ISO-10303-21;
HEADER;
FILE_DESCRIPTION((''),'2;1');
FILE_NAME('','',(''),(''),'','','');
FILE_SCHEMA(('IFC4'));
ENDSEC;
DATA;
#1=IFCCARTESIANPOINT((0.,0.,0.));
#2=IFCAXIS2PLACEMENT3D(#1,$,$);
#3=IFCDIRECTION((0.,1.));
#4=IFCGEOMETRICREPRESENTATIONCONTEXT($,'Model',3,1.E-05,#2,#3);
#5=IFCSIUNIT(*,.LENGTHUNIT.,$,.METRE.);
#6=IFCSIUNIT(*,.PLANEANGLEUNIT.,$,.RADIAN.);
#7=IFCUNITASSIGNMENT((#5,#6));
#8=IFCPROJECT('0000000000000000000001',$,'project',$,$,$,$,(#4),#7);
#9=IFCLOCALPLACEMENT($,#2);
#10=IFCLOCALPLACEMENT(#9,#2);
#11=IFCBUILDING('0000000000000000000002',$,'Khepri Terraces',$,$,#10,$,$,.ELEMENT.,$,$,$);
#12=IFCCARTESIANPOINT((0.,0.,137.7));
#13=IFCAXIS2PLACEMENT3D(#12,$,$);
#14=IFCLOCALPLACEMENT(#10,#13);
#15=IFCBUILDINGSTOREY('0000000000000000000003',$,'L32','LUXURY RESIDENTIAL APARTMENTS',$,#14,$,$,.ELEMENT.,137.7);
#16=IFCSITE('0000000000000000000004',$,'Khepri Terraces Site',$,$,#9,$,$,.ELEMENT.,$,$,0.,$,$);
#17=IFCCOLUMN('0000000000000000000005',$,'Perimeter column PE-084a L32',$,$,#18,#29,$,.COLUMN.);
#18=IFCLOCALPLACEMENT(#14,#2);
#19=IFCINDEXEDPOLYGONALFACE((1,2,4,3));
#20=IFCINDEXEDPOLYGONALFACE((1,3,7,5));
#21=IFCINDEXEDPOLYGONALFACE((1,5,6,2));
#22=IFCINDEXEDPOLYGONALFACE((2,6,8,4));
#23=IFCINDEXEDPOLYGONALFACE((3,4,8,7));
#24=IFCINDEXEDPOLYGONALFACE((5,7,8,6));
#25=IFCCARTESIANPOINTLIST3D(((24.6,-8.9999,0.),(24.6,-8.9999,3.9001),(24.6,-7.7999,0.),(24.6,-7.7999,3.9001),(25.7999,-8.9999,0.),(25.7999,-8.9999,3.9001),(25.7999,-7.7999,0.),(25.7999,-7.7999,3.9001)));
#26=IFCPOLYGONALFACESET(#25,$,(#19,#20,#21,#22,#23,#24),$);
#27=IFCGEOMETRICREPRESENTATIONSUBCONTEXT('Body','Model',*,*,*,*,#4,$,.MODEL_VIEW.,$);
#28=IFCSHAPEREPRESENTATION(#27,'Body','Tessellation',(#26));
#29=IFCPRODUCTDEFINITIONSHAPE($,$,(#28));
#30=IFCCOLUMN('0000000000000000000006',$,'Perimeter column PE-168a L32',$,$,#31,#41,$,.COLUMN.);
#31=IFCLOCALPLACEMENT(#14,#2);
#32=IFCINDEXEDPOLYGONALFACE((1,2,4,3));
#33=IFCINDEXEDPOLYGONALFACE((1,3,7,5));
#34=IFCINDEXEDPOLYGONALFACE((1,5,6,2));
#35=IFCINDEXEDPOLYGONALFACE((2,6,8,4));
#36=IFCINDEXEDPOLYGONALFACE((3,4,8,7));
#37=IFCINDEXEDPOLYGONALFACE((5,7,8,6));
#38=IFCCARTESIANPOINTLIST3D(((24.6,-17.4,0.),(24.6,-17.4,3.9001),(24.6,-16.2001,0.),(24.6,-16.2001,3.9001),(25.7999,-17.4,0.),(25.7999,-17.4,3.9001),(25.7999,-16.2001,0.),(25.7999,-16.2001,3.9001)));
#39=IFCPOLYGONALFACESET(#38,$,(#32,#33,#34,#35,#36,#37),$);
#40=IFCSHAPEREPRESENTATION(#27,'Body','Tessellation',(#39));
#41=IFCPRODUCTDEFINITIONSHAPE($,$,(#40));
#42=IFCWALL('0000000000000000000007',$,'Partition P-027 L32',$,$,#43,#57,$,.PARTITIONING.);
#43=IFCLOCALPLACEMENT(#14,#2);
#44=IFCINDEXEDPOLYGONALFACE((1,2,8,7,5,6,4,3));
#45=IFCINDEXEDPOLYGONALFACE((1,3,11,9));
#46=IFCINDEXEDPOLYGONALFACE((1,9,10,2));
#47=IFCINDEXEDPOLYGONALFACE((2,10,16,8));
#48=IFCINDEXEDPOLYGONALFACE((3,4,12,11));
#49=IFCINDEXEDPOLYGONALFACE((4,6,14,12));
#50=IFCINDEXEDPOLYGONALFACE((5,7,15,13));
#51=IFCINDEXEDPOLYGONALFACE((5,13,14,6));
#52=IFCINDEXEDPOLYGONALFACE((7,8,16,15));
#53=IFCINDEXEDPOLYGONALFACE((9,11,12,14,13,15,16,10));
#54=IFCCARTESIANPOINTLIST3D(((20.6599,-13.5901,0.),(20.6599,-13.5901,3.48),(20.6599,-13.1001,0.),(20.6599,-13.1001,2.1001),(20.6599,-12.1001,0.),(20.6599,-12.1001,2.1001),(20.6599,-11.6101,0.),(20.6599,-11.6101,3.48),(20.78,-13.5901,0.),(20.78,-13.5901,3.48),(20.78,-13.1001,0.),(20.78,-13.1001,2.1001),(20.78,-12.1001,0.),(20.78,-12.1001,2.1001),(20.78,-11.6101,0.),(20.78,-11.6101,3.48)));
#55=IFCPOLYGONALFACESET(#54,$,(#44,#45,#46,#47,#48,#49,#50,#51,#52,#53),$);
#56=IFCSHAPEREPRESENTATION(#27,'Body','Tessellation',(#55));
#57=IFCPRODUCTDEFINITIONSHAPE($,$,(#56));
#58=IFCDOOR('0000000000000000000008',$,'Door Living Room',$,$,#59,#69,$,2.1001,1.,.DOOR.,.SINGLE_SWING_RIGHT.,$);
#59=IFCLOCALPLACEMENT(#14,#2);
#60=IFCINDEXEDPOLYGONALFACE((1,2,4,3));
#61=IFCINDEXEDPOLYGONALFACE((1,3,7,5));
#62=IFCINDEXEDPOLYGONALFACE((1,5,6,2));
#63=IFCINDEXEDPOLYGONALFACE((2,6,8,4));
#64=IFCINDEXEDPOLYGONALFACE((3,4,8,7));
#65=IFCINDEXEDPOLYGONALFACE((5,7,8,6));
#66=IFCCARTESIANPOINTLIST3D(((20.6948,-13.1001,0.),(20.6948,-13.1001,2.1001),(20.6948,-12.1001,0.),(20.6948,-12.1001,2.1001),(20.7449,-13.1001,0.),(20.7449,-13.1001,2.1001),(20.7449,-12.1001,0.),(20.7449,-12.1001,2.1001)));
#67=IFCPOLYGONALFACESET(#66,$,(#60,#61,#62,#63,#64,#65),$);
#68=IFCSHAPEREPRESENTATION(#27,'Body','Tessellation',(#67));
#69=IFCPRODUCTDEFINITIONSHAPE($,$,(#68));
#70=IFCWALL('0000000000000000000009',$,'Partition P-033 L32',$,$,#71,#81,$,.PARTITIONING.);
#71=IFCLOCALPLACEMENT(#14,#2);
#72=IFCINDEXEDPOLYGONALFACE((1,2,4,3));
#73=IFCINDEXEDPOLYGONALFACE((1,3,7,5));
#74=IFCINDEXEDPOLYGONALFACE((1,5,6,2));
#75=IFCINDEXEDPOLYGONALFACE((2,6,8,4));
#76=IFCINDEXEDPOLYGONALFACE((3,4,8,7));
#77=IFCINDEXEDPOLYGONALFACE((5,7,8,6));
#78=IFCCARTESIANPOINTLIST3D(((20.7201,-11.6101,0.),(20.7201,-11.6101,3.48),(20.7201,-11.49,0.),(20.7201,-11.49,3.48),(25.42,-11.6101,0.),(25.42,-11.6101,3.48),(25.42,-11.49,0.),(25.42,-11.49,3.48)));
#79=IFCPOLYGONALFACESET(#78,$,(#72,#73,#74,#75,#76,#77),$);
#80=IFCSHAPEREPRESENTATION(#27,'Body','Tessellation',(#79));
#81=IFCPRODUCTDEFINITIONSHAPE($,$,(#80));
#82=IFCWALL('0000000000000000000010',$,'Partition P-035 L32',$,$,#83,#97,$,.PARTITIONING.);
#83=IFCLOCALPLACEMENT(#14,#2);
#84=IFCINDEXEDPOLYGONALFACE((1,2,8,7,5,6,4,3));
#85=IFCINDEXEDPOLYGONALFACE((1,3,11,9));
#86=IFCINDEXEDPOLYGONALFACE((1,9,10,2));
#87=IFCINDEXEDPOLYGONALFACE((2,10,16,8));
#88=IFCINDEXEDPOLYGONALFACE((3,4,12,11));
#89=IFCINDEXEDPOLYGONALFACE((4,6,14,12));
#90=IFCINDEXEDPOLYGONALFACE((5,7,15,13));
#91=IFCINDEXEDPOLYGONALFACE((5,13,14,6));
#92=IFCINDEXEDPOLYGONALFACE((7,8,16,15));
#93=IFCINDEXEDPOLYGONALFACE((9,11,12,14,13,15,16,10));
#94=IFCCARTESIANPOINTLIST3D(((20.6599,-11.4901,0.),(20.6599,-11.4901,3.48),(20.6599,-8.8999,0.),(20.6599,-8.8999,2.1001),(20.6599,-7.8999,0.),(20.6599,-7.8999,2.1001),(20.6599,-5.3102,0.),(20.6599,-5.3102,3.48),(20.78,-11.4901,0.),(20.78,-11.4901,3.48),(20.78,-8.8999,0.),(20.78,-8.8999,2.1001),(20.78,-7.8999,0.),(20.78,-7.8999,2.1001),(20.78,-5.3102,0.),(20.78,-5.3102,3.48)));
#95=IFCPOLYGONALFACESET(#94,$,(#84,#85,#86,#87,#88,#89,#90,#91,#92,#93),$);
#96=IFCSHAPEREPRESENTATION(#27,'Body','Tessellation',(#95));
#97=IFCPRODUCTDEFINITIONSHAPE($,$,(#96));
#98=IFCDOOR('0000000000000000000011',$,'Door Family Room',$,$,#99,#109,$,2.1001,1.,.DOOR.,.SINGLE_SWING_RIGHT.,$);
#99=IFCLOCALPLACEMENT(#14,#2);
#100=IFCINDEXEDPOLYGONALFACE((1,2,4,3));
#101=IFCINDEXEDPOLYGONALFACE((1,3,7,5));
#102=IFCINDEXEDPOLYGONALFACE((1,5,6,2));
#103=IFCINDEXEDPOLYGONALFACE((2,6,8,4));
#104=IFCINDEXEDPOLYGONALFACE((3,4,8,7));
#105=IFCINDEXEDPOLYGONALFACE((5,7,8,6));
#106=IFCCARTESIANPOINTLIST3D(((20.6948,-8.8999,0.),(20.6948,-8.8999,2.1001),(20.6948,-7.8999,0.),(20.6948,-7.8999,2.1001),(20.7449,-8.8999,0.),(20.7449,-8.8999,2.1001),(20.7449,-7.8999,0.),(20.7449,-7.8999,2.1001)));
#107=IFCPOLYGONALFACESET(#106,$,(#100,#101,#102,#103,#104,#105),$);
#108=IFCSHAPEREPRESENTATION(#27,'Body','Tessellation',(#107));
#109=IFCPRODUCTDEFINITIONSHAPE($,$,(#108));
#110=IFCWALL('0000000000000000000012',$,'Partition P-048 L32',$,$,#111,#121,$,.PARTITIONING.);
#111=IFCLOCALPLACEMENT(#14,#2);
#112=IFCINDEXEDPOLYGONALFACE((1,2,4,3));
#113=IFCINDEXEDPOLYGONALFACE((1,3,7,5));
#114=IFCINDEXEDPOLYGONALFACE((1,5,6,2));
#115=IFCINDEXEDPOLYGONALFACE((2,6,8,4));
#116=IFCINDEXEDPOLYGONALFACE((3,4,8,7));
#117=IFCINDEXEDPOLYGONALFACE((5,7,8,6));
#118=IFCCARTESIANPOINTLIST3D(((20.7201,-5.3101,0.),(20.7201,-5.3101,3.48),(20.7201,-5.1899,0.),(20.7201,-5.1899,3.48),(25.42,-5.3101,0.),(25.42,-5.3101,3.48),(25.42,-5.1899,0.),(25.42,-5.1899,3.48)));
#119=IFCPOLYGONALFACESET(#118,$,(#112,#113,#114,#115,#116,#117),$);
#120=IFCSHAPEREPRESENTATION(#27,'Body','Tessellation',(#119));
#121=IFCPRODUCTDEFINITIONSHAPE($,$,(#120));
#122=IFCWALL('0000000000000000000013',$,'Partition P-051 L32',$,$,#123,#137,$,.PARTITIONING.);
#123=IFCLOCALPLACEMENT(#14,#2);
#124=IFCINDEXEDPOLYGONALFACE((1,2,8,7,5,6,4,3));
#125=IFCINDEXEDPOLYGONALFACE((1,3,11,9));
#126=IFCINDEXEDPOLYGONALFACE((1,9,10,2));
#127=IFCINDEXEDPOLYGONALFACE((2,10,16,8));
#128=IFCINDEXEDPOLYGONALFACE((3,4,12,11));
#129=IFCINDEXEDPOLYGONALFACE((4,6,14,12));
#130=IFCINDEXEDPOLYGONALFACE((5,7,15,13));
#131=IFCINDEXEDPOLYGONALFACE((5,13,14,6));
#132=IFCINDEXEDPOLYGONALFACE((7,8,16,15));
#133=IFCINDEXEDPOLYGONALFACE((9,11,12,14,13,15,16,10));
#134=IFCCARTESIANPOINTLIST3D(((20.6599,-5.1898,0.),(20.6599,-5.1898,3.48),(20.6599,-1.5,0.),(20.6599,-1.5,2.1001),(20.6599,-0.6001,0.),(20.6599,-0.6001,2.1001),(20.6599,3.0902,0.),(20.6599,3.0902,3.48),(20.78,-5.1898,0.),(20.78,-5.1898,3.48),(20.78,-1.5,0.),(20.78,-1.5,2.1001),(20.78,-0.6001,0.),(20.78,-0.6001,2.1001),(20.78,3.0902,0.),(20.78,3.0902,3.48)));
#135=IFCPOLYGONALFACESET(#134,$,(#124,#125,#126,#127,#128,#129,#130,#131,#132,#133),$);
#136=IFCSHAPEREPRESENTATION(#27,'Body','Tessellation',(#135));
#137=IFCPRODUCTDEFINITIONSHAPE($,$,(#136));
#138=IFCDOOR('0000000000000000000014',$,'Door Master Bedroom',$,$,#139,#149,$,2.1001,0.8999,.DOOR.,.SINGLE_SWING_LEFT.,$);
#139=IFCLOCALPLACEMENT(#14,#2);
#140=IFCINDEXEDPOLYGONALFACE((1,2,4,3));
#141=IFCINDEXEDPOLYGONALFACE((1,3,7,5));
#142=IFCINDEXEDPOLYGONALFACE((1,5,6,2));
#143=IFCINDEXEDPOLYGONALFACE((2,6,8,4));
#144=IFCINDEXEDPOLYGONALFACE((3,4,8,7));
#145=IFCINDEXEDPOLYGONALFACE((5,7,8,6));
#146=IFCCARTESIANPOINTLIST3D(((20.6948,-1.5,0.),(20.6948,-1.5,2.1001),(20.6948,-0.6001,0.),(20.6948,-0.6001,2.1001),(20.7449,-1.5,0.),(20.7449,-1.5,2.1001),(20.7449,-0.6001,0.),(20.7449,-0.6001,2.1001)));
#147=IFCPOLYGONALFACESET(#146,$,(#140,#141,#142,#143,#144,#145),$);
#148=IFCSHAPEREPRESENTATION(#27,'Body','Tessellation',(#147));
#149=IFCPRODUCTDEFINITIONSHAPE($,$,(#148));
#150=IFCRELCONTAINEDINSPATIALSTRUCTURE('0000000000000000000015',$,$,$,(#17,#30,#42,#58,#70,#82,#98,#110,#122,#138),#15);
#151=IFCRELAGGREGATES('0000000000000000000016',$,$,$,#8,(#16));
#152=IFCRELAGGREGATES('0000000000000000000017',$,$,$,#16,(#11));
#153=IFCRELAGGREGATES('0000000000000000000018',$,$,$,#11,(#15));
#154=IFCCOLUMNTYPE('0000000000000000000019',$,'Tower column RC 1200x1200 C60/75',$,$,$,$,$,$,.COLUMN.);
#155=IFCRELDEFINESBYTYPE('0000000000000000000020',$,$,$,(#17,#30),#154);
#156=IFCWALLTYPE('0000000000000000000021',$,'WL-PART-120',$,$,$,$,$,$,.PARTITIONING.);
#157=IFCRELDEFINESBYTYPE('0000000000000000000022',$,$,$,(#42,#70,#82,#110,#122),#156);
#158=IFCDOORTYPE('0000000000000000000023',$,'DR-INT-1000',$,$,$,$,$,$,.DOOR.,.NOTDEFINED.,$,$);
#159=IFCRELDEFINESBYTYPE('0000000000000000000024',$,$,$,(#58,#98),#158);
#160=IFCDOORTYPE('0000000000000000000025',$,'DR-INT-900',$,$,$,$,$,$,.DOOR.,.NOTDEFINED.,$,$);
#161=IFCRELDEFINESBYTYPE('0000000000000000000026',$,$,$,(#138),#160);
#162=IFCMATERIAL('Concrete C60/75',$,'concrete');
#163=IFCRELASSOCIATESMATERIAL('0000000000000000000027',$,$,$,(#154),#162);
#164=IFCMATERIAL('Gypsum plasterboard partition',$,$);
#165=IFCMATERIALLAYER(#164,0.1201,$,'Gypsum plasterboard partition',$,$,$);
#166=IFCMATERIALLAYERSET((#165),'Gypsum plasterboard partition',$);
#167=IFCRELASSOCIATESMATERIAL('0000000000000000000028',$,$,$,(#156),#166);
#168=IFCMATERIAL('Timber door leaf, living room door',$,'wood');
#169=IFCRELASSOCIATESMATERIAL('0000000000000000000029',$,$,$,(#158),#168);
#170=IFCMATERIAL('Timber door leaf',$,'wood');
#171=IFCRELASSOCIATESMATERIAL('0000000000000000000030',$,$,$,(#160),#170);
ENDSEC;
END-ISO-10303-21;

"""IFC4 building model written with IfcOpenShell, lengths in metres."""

from ifc_helpers import new_model, si_unit, direction, frame, frame_2d, origin, origin_2d, place, context, subcontext, project, spatial, rectangle, extrude, material, layer, layer_set, material_profile, profile_set, type_object, element, fill, save


model = new_model("IFC4")

# Units and contexts
model_context = context("Model", 3, precision=1e-05, world=origin(), true_north=direction((0.0, 1.0)))
body_context = subcontext(model_context, "Body", "Model", "MODEL_VIEW")
ifc_project = project(units=[si_unit("LENGTHUNIT", "METRE"), si_unit("PLANEANGLEUNIT", "RADIAN")], contexts=[model_context])

# Site, building, storey
site_placement = place(None, origin())
site = spatial("IfcSite", under=ifc_project, at=site_placement, Name="Khepri Terraces Site", CompositionType="ELEMENT", RefElevation=0.0)
building_placement = place(site_placement, origin())
building = spatial("IfcBuilding", under=site, at=building_placement, Name="Khepri Terraces", CompositionType="ELEMENT")
storey_placement = place(building_placement, frame((0.0, 0.0, 137.7)))
storey = spatial("IfcBuildingStorey", under=building, at=storey_placement, Name="L32", Description="LUXURY RESIDENTIAL APARTMENTS", CompositionType="ELEMENT", Elevation=137.7)

# Columns
ifc_material_1 = material(Name="Concrete C60/75", Category="concrete")
ifc_material_profile = material_profile(ifc_material_1, rectangle(XDim=1.2, YDim=1.2, at=origin_2d()), Name="Concrete C60/75", Category="concrete")
ifc_profile_set = profile_set([ifc_material_profile], Name="Concrete C60/75")
column_type = type_object("IfcColumnType", Name="Tower column RC 1200x1200 C60/75", PredefinedType="COLUMN", material=ifc_profile_set)
for number, where, z_axis, x_axis, name in (
    (1, (25.2, -8.3999, 0.0), (0.0, 0.0, 1.0), (1.0, 0.0, 0.0), "Perimeter column PE-084a L32"),
    (2, (25.2, -16.8, 0.0), (0.0, 0.0, 1.0), (1.0, 0.0, 0.0), "Perimeter column PE-168a L32"),
):
    element("IfcColumn", number, at=place(storey_placement, frame(where, z_axis=z_axis, x_axis=x_axis)), inside=storey, type_object=column_type, Name=name, PredefinedType="COLUMN", context=body_context, shape_type="SweptSolid", body=[
        extrude(rectangle(XDim=1.2, YDim=1.2, at=origin_2d()), origin(), (0.0, 0.0, 1.0), 3.9001),
    ])

# Wall, opening, door
ifc_material_2 = material(Name="Gypsum plasterboard partition")
ifc_layer_1 = layer(ifc_material_2, 0.1201, Name="Gypsum plasterboard partition")
ifc_layer_set_1 = layer_set([ifc_layer_1], Name="Gypsum plasterboard partition")
wall_type_1 = type_object("IfcWallType", Name="WL-PART-120", PredefinedType="PARTITIONING", material=ifc_layer_set_1)
wall_1_placement = place(storey_placement, frame((20.72, -13.5901, 0.0), z_axis=(0.0, 0.0, 1.0), x_axis=(0.0, 1.0, 0.0)))
wall_1 = element("IfcWall", 3, at=wall_1_placement, inside=storey, type_object=wall_type_1, Name="Partition P-027 L32", PredefinedType="PARTITIONING", context=body_context, shape_type="SweptSolid", body=[
    extrude(rectangle(XDim=1.98, YDim=0.1201, at=frame_2d((0.99, 0.0))), origin(), (0.0, 0.0, 1.0), 3.48),
])
opening_1_placement = place(wall_1_placement, frame((0.49, 0.0, 0.0)))
opening_1 = element("IfcOpeningElement", 4, at=opening_1_placement, cuts=wall_1, PredefinedType="OPENING", context=body_context, shape_type="SweptSolid", body=[
    extrude(rectangle(XDim=1.0, YDim=2.1001, at=frame_2d((0.5, 1.05))), frame((0.0, 0.0701, 0.0), z_axis=(0.0, -1.0, 0.0), x_axis=(1.0, 0.0, 0.0)), (0.0, 0.0, 1.0), 0.1401),
])
ifc_material_3 = material(Name="Timber door leaf, living room door", Category="wood")
door_type_1 = type_object("IfcDoorType", Name="DR-INT-1000", OperationType="NOTDEFINED", PredefinedType="DOOR", material=ifc_material_3)
door_1_placement = place(opening_1_placement, frame((1.0, 0.0, 0.0), z_axis=(0.0, 0.0, 1.0), x_axis=(-1.0, 0.0, 0.0)))
door_1 = element("IfcDoor", 5, at=door_1_placement, inside=storey, type_object=door_type_1, Name="Door Living Room", OperationType="SINGLE_SWING_RIGHT", OverallHeight=2.1001, OverallWidth=1.0, PredefinedType="DOOR", context=body_context, shape_type="SweptSolid", body=[
    extrude(rectangle(XDim=1.0, YDim=2.1001, at=frame_2d((0.5, 1.05))), frame((0.0, 0.0249, 0.0), z_axis=(0.0, -1.0, 0.0), x_axis=(1.0, 0.0, 0.0)), (0.0, 0.0, 1.0), 0.05),
])
fill(opening_1, door_1)

# Wall
wall_2_placement = place(storey_placement, frame((20.72, -11.55, 0.0), z_axis=(0.0, 0.0, 1.0), x_axis=(1.0, 0.0, 0.0)))
element("IfcWall", 6, at=wall_2_placement, inside=storey, type_object=wall_type_1, Name="Partition P-033 L32", PredefinedType="PARTITIONING", context=body_context, shape_type="SweptSolid", body=[
    extrude(rectangle(XDim=4.7, YDim=0.1201, at=frame_2d((2.3501, 0.0))), origin(), (0.0, 0.0, 1.0), 3.48),
])

# Wall, opening, door
wall_3_placement = place(storey_placement, frame((20.72, -11.49, 0.0), z_axis=(0.0, 0.0, 1.0), x_axis=(0.0, 1.0, 0.0)))
wall_3 = element("IfcWall", 7, at=wall_3_placement, inside=storey, type_object=wall_type_1, Name="Partition P-035 L32", PredefinedType="PARTITIONING", context=body_context, shape_type="SweptSolid", body=[
    extrude(rectangle(XDim=6.1799, YDim=0.1201, at=frame_2d((3.0898, 0.0))), origin(), (0.0, 0.0, 1.0), 3.48),
])
opening_2_placement = place(wall_3_placement, frame((2.5901, 0.0, 0.0)))
opening_2 = element("IfcOpeningElement", 8, at=opening_2_placement, cuts=wall_3, PredefinedType="OPENING", context=body_context, shape_type="SweptSolid", body=[
    extrude(rectangle(XDim=1.0, YDim=2.1001, at=frame_2d((0.5, 1.05))), frame((0.0, 0.0701, 0.0), z_axis=(0.0, -1.0, 0.0), x_axis=(1.0, 0.0, 0.0)), (0.0, 0.0, 1.0), 0.1401),
])
door_2_placement = place(opening_2_placement, frame((1.0, 0.0, 0.0), z_axis=(0.0, 0.0, 1.0), x_axis=(-1.0, 0.0, 0.0)))
door_2 = element("IfcDoor", 9, at=door_2_placement, inside=storey, type_object=door_type_1, Name="Door Family Room", OperationType="SINGLE_SWING_RIGHT", OverallHeight=2.1001, OverallWidth=1.0, PredefinedType="DOOR", context=body_context, shape_type="SweptSolid", body=[
    extrude(rectangle(XDim=1.0, YDim=2.1001, at=frame_2d((0.5, 1.05))), frame((0.0, 0.0249, 0.0), z_axis=(0.0, -1.0, 0.0), x_axis=(1.0, 0.0, 0.0)), (0.0, 0.0, 1.0), 0.05),
])
fill(opening_2, door_2)

# Wall
wall_4_placement = place(storey_placement, frame((20.72, -5.25, 0.0), z_axis=(0.0, 0.0, 1.0), x_axis=(1.0, 0.0, 0.0)))
element("IfcWall", 10, at=wall_4_placement, inside=storey, type_object=wall_type_1, Name="Partition P-048 L32", PredefinedType="PARTITIONING", context=body_context, shape_type="SweptSolid", body=[
    extrude(rectangle(XDim=4.7, YDim=0.1201, at=frame_2d((2.3501, 0.0))), origin(), (0.0, 0.0, 1.0), 3.48),
])

# Wall, opening, door
wall_5_placement = place(storey_placement, frame((20.72, -5.1899, 0.0), z_axis=(0.0, 0.0, 1.0), x_axis=(0.0, 1.0, 0.0)))
wall_5 = element("IfcWall", 11, at=wall_5_placement, inside=storey, type_object=wall_type_1, Name="Partition P-051 L32", PredefinedType="PARTITIONING", context=body_context, shape_type="SweptSolid", body=[
    extrude(rectangle(XDim=8.28, YDim=0.1201, at=frame_2d((4.1401, 0.0))), origin(), (0.0, 0.0, 1.0), 3.48),
])
opening_3_placement = place(wall_5_placement, frame((3.6899, 0.0, 0.0)))
opening_3 = element("IfcOpeningElement", 12, at=opening_3_placement, cuts=wall_5, PredefinedType="OPENING", context=body_context, shape_type="SweptSolid", body=[
    extrude(rectangle(XDim=0.8999, YDim=2.1001, at=frame_2d((0.45, 1.05))), frame((0.0, 0.0701, 0.0), z_axis=(0.0, -1.0, 0.0), x_axis=(1.0, 0.0, 0.0)), (0.0, 0.0, 1.0), 0.1401),
])
ifc_material_4 = material(Name="Timber door leaf", Category="wood")
door_type_2 = type_object("IfcDoorType", Name="DR-INT-900", OperationType="NOTDEFINED", PredefinedType="DOOR", material=ifc_material_4)
door_3_placement = place(opening_3_placement, frame((0.8999, 0.0, 0.0), z_axis=(0.0, 0.0, 1.0), x_axis=(-1.0, 0.0, 0.0)))
door_3 = element("IfcDoor", 13, at=door_3_placement, inside=storey, type_object=door_type_2, Name="Door Master Bedroom", OperationType="SINGLE_SWING_LEFT", OverallHeight=2.1001, OverallWidth=0.8999, PredefinedType="DOOR", context=body_context, shape_type="SweptSolid", body=[
    extrude(rectangle(XDim=0.8999, YDim=2.1001, at=frame_2d((0.45, 1.05))), frame((0.0, 0.0249, 0.0), z_axis=(0.0, -1.0, 0.0), x_axis=(1.0, 0.0, 0.0)), (0.0, 0.0, 1.0), 0.05),
])
fill(opening_3, door_3)

save(model, "model.ifc")
